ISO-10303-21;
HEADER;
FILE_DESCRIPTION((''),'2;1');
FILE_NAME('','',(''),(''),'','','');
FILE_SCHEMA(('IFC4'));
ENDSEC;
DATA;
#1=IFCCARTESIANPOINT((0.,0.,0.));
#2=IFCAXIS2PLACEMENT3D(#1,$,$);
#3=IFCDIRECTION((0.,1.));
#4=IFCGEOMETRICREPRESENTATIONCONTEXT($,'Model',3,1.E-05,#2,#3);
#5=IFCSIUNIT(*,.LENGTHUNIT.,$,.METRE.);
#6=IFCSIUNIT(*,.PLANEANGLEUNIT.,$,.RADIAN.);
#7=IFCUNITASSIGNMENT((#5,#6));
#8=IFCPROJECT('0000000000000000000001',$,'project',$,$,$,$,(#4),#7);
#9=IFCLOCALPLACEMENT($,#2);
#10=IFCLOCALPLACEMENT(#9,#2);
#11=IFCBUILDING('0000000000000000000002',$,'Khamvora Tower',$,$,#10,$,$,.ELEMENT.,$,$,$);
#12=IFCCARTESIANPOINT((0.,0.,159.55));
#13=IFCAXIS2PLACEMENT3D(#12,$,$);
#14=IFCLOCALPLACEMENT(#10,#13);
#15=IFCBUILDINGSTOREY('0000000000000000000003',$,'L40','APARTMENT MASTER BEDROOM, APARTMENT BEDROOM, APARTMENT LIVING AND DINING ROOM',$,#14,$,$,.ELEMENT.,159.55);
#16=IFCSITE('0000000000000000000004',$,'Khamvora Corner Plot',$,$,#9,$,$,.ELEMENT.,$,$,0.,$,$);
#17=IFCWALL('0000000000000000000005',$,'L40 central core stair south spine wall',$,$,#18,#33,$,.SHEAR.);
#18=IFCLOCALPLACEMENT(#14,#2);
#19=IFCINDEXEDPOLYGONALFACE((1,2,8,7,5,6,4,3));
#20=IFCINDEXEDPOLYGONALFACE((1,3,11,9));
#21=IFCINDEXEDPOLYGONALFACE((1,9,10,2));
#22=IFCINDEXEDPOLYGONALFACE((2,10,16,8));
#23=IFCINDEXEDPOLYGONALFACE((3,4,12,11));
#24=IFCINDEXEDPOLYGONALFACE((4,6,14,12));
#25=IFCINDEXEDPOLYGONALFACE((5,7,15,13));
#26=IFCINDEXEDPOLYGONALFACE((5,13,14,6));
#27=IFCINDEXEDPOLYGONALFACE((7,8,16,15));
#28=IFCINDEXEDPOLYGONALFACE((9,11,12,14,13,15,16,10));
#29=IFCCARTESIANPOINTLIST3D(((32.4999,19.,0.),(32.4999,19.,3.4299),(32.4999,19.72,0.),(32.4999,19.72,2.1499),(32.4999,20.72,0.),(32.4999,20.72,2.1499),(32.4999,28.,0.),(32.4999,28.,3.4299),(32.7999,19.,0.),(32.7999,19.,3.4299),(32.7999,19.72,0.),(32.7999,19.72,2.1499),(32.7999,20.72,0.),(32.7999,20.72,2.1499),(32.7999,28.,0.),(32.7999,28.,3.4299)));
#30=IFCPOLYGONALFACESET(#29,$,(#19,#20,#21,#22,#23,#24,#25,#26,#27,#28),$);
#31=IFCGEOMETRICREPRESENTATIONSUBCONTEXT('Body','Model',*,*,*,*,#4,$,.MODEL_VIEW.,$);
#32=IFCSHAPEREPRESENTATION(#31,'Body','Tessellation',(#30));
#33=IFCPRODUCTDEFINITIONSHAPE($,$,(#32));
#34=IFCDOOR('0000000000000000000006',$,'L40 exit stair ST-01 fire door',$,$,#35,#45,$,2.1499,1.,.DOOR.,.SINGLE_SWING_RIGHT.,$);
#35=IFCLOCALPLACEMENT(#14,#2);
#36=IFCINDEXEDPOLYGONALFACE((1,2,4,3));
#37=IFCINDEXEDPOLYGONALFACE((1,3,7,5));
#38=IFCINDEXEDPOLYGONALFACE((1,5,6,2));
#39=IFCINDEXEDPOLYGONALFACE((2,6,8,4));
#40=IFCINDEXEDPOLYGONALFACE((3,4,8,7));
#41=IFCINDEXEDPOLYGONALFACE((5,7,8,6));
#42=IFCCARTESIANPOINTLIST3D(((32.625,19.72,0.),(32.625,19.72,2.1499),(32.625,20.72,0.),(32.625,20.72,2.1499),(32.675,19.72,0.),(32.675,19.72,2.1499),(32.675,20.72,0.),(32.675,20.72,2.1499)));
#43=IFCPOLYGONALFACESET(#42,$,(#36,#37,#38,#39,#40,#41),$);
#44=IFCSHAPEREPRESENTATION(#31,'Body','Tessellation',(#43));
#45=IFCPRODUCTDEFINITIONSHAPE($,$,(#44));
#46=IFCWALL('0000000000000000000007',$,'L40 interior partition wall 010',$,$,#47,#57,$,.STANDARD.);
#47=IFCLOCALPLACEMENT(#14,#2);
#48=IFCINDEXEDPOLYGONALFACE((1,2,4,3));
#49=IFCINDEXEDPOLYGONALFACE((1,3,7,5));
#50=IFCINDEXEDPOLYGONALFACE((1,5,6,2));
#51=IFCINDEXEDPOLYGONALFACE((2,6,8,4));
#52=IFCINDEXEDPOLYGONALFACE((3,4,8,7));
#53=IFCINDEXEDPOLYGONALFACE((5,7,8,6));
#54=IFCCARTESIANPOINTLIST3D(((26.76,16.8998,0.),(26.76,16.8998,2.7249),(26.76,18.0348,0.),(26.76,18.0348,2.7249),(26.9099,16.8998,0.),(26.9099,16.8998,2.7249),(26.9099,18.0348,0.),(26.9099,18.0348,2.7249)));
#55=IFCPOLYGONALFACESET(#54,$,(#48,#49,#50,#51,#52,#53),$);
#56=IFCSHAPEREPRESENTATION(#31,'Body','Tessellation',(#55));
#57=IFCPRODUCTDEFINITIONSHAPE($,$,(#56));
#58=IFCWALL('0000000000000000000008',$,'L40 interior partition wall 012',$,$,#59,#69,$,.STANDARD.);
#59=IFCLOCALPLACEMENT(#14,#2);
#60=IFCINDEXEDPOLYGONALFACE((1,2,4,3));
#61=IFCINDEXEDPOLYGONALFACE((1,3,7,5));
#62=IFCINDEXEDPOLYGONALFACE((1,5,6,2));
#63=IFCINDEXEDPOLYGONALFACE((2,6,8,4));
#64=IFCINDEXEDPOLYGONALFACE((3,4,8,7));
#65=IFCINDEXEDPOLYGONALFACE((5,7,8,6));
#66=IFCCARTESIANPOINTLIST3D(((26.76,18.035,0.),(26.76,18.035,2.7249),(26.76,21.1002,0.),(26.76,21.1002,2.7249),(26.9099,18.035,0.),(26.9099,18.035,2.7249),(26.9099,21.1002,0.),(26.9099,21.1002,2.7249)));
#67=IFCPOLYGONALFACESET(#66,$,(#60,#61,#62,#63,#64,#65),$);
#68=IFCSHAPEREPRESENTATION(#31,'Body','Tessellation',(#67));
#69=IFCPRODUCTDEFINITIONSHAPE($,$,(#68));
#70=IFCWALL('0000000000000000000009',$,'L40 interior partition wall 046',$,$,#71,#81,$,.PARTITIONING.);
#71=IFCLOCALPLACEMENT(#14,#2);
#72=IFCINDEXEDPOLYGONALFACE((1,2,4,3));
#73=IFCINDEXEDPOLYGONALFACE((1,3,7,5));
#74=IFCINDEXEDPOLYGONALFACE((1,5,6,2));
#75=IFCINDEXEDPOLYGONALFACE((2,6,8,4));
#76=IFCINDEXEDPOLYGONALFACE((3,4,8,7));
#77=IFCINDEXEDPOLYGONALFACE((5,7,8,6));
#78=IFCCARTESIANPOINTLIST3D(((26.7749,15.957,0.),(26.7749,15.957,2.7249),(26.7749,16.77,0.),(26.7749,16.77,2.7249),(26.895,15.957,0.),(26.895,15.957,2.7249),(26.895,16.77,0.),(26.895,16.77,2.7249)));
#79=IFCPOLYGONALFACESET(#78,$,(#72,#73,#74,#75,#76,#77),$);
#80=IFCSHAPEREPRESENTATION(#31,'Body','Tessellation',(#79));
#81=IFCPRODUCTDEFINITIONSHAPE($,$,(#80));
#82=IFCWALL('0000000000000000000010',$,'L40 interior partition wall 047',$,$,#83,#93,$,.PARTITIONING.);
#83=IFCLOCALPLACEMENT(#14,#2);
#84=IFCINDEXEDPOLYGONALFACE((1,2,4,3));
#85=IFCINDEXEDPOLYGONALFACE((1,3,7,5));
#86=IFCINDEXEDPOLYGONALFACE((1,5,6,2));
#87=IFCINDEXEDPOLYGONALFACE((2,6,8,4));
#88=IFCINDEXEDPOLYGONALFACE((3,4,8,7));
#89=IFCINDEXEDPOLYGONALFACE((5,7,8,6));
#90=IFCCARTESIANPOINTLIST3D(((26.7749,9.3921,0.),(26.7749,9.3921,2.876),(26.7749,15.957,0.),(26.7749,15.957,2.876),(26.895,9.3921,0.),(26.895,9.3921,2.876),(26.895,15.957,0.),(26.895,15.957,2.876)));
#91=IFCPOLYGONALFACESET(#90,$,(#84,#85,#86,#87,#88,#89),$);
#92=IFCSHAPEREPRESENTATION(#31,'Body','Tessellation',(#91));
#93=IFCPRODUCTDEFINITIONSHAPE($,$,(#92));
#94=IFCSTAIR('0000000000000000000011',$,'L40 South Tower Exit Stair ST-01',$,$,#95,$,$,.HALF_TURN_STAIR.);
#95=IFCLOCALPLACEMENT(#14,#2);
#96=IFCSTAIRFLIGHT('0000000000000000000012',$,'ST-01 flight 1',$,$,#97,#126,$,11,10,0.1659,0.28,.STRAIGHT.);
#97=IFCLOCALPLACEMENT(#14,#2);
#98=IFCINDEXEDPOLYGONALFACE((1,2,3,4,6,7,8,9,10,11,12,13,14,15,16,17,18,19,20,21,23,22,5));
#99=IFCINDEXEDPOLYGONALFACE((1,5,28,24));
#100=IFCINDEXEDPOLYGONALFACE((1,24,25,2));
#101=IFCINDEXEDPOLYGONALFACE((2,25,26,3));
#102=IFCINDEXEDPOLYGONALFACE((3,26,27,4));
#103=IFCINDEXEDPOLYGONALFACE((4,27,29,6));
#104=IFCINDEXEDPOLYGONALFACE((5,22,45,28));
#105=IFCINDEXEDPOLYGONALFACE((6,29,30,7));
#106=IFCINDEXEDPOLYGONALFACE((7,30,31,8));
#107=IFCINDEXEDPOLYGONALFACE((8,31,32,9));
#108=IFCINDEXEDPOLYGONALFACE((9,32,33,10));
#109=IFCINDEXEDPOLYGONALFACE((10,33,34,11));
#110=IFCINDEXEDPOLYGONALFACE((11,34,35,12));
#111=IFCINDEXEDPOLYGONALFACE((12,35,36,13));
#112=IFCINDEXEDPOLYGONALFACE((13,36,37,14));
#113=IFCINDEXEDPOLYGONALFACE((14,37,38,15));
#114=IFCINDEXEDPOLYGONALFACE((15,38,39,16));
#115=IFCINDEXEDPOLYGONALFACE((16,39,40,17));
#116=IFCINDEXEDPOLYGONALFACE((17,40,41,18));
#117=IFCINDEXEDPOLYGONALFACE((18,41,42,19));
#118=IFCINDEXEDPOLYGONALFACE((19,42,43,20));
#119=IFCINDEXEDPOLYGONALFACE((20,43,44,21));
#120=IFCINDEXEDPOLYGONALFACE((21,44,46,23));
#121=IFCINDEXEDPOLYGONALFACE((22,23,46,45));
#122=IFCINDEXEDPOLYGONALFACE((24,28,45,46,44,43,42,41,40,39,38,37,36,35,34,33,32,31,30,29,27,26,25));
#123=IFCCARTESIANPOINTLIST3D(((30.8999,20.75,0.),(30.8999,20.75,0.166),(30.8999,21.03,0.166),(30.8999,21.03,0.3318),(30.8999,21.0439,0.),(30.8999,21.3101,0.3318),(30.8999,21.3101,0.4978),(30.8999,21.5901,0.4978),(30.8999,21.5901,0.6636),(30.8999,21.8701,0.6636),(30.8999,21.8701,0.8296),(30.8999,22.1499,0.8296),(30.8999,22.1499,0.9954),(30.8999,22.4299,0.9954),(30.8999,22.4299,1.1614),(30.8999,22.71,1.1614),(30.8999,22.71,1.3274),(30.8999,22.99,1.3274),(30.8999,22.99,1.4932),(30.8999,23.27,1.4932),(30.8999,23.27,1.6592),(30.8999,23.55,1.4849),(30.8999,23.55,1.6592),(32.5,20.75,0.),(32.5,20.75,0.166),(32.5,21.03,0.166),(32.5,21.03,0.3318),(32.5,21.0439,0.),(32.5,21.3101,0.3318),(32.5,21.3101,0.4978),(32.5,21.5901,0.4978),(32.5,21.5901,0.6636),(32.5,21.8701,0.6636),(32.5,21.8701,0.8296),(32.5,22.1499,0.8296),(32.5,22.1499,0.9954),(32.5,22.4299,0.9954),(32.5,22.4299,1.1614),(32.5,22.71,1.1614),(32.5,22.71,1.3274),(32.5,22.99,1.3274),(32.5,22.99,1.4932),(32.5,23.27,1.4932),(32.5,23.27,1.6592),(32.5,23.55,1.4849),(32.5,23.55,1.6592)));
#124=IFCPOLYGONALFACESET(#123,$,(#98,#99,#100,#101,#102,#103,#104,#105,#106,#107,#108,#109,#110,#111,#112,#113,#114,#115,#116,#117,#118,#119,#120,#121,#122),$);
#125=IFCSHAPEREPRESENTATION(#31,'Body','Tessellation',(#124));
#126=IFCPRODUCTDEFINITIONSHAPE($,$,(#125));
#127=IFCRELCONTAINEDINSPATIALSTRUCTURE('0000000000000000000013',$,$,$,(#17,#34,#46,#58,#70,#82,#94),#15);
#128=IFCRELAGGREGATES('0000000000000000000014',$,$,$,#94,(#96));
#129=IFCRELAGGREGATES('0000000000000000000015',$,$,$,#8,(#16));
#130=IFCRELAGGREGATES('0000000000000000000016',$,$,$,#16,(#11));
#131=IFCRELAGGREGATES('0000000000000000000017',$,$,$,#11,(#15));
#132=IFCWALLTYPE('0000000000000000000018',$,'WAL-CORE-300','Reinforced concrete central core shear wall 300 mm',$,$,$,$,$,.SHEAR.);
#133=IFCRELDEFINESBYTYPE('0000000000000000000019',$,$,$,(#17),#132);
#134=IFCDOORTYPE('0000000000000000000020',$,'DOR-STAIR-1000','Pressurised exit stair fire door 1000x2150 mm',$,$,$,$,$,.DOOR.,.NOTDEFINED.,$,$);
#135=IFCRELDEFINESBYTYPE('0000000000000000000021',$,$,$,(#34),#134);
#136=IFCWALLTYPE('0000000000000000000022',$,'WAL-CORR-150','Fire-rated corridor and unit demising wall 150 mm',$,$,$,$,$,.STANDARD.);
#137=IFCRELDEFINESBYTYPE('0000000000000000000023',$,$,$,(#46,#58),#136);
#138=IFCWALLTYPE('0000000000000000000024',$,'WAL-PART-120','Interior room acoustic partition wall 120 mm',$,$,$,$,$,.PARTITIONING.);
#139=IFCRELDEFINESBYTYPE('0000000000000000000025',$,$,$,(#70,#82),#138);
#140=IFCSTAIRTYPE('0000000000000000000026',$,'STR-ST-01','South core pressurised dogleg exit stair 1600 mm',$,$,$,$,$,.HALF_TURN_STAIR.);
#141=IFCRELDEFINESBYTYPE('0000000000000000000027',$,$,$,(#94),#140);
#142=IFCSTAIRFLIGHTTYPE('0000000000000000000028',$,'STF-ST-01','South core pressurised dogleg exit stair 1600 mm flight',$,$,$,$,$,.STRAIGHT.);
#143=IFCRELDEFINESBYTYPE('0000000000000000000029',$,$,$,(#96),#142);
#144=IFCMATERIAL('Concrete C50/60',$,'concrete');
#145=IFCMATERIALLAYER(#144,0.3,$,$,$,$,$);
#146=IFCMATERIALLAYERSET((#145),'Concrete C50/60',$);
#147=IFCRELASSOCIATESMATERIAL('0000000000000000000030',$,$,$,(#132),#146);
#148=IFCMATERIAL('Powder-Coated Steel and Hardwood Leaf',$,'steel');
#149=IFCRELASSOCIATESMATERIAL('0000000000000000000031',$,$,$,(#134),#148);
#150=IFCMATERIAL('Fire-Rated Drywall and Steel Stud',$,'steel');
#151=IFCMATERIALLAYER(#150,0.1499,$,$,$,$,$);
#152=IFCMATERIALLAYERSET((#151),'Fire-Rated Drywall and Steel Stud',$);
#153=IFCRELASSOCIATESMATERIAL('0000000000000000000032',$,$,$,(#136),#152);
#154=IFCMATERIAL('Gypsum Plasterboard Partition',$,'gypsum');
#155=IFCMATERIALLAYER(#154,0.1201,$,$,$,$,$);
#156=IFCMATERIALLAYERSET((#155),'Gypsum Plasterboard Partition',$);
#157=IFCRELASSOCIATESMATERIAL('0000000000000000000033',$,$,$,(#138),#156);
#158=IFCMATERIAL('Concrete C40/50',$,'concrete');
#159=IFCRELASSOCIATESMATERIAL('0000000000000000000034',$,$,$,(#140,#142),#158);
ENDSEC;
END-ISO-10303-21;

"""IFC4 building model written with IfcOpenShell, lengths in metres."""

from ifc_helpers import new_model, si_unit, direction, frame, frame_2d, origin, place, context, subcontext, project, spatial, polyline, rectangle, outline, extrude, material, layer, layer_set, type_object, element, fill, aggregate, save


model = new_model("IFC4")

# Units and contexts
model_context = context("Model", 3, precision=1e-05, world=origin(), true_north=direction((0.0, 1.0)))
body_context = subcontext(model_context, "Body", "Model", "MODEL_VIEW")
ifc_project = project(units=[si_unit("LENGTHUNIT", "METRE"), si_unit("PLANEANGLEUNIT", "RADIAN")], contexts=[model_context])

# Site, building, storey
site_placement = place(None, origin())
site = spatial("IfcSite", under=ifc_project, at=site_placement, Name="Khamvora Corner Plot", CompositionType="ELEMENT", RefElevation=0.0)
building_placement = place(site_placement, origin())
building = spatial("IfcBuilding", under=site, at=building_placement, Name="Khamvora Tower", CompositionType="ELEMENT")
storey_placement = place(building_placement, frame((0.0, 0.0, 159.55)))
storey = spatial("IfcBuildingStorey", under=building, at=storey_placement, Name="L40", Description="APARTMENT MASTER BEDROOM, APARTMENT BEDROOM, APARTMENT LIVING AND DINING ROOM", CompositionType="ELEMENT", Elevation=159.55)

# Shared definitions
ifc_material_1 = material(Name="Concrete C50/60", Category="concrete")
ifc_layer_1 = layer(ifc_material_1, 0.3)
ifc_layer_set_1 = layer_set([ifc_layer_1], Name="Concrete C50/60")
wall_type_1 = type_object("IfcWallType", Name="WAL-CORE-300", Description="Reinforced concrete central core shear wall 300 mm", PredefinedType="SHEAR", material=ifc_layer_set_1)

# Wall, opening, door
ifc_material_2 = material(Name="Powder-Coated Steel and Hardwood Leaf", Category="steel")
wall_1_placement = place(storey_placement, frame((32.6499, 19.0, 0.0), z_axis=(0.0, 0.0, 1.0), x_axis=(0.0, 1.0, 0.0)))
wall_1 = element("IfcWall", 1, at=wall_1_placement, inside=storey, type_object=wall_type_1, Name="L40 central core stair south spine wall", PredefinedType="SHEAR", context=body_context, shape_type="SweptSolid", body=[
    extrude(rectangle(XDim=9.0, YDim=0.3, at=frame_2d((4.5, 0.0))), origin(), (0.0, 0.0, 1.0), 3.4299),
])
opening_1_placement = place(wall_1_placement, frame((0.72, 0.0, 0.0)))
opening_1 = element("IfcOpeningElement", 2, at=opening_1_placement, cuts=wall_1, PredefinedType="OPENING", context=body_context, shape_type="SweptSolid", body=[
    extrude(rectangle(XDim=1.0, YDim=2.1499, at=frame_2d((0.5, 1.075))), frame((0.0, 0.1599, 0.0), z_axis=(0.0, -1.0, 0.0), x_axis=(1.0, 0.0, 0.0)), (0.0, 0.0, 1.0), 0.3201),
])
door_type_1 = type_object("IfcDoorType", Name="DOR-STAIR-1000", Description="Pressurised exit stair fire door 1000x2150 mm", OperationType="NOTDEFINED", PredefinedType="DOOR", material=ifc_material_2)
door_1_placement = place(opening_1_placement, origin())
door_1 = element("IfcDoor", 3, at=door_1_placement, inside=storey, type_object=door_type_1, Name="L40 exit stair ST-01 fire door", OperationType="SINGLE_SWING_RIGHT", OverallHeight=2.1499, OverallWidth=1.0, PredefinedType="DOOR", context=body_context, shape_type="SweptSolid", body=[
    extrude(rectangle(XDim=1.0, YDim=2.1499, at=frame_2d((0.5, 1.075))), frame((0.0, 0.0249, 0.0), z_axis=(0.0, -1.0, 0.0), x_axis=(1.0, 0.0, 0.0)), (0.0, 0.0, 1.0), 0.05),
])
fill(opening_1, door_1)

# Walls
ifc_material_3 = material(Name="Fire-Rated Drywall and Steel Stud", Category="steel")
ifc_layer_2 = layer(ifc_material_3, 0.1499)
ifc_layer_set_2 = layer_set([ifc_layer_2], Name="Fire-Rated Drywall and Steel Stud")
wall_type_2 = type_object("IfcWallType", Name="WAL-CORR-150", Description="Fire-rated corridor and unit demising wall 150 mm", PredefinedType="STANDARD", material=ifc_layer_set_2)
wall_2_placement = place(storey_placement, frame((26.835, 16.8999, 0.0), z_axis=(0.0, 0.0, 1.0), x_axis=(0.0, 1.0, 0.0)))
element("IfcWall", 4, at=wall_2_placement, inside=storey, type_object=wall_type_2, Name="L40 interior partition wall 010", PredefinedType="STANDARD", context=body_context, shape_type="SweptSolid", body=[
    extrude(rectangle(XDim=1.135, YDim=0.1499, at=frame_2d((0.5674, 0.0))), origin(), (0.0, 0.0, 1.0), 2.7249),
])
wall_3_placement = place(storey_placement, frame((26.835, 18.0349, 0.0), z_axis=(0.0, 0.0, 1.0), x_axis=(0.0, 1.0, 0.0)))
element("IfcWall", 5, at=wall_3_placement, inside=storey, type_object=wall_type_2, Name="L40 interior partition wall 012", PredefinedType="STANDARD", context=body_context, shape_type="SweptSolid", body=[
    extrude(rectangle(XDim=3.0652, YDim=0.1499, at=frame_2d((1.5327, 0.0))), origin(), (0.0, 0.0, 1.0), 2.7249),
])
ifc_material_4 = material(Name="Gypsum Plasterboard Partition", Category="gypsum")
ifc_layer_3 = layer(ifc_material_4, 0.1201)
ifc_layer_set_3 = layer_set([ifc_layer_3], Name="Gypsum Plasterboard Partition")
wall_type_3 = type_object("IfcWallType", Name="WAL-PART-120", Description="Interior room acoustic partition wall 120 mm", PredefinedType="PARTITIONING", material=ifc_layer_set_3)
wall_4_placement = place(storey_placement, frame((26.835, 15.957, 0.0), z_axis=(0.0, 0.0, 1.0), x_axis=(0.0, 1.0, 0.0)))
element("IfcWall", 6, at=wall_4_placement, inside=storey, type_object=wall_type_3, Name="L40 interior partition wall 046", PredefinedType="PARTITIONING", context=body_context, shape_type="SweptSolid", body=[
    extrude(rectangle(XDim=0.813, YDim=0.1201, at=frame_2d((0.4065, 0.0))), origin(), (0.0, 0.0, 1.0), 2.7249),
])
wall_5_placement = place(storey_placement, frame((26.835, 9.3921, 0.0), z_axis=(0.0, 0.0, 1.0), x_axis=(0.0, 1.0, 0.0)))
element("IfcWall", 7, at=wall_5_placement, inside=storey, type_object=wall_type_3, Name="L40 interior partition wall 047", PredefinedType="PARTITIONING", context=body_context, shape_type="SweptSolid", body=[
    extrude(rectangle(XDim=6.5649, YDim=0.1201, at=frame_2d((3.2825, 0.0))), origin(), (0.0, 0.0, 1.0), 2.876),
])

# Stair, stair flight
ifc_material_5 = material(Name="Concrete C40/50", Category="concrete")
stair_type = type_object("IfcStairType", Name="STR-ST-01", Description="South core pressurised dogleg exit stair 1600 mm", PredefinedType="HALF_TURN_STAIR", material=ifc_material_5)
stair_placement = place(storey_placement, origin())
stair = element("IfcStair", 8, at=stair_placement, inside=storey, type_object=stair_type, Name="L40 South Tower Exit Stair ST-01", PredefinedType="HALF_TURN_STAIR")
stair_flight_type = type_object("IfcStairFlightType", Name="STF-ST-01", Description="South core pressurised dogleg exit stair 1600 mm flight", PredefinedType="STRAIGHT", material=ifc_material_5)
stair_flight_placement = place(storey_placement, frame((31.7, 20.75, 0.0), z_axis=(0.0, 0.0, 1.0), x_axis=(0.0, 1.0, 0.0)))
stair_flight = element("IfcStairFlight", 9, at=stair_flight_placement, type_object=stair_flight_type, Name="ST-01 flight 1", NumberOfRisers=11, NumberOfTreads=10, PredefinedType="STRAIGHT", RiserHeight=0.1659, TreadLength=0.28, context=body_context, shape_type="SweptSolid", body=[
    extrude(outline(polyline([(0.0, 0.0), (0.0, 0.166), (0.28, 0.166), (0.28, 0.3318), (0.5601, 0.3318), (0.5601, 0.4978), (0.8401, 0.4978), (0.8401, 0.6636), (1.1201, 0.6636), (1.1201, 0.8296), (1.3999, 0.8296), (1.3999, 0.9954), (1.6799, 0.9954), (1.6799, 1.1614), (1.96, 1.1614), (1.96, 1.3274), (2.24, 1.3274), (2.24, 1.4932), (2.52, 1.4932), (2.52, 1.6592), (2.8, 1.6592), (2.8, 1.825), (2.8, 1.4849), (0.2939, 0.0), (0.0, 0.0)])), frame((0.0, 0.8, 0.0), z_axis=(0.0, -1.0, 0.0), x_axis=(1.0, 0.0, 0.0)), (0.0, 0.0, 1.0), 1.6001),
])
aggregate(stair, [stair_flight])

save(model, "model.ifc")
